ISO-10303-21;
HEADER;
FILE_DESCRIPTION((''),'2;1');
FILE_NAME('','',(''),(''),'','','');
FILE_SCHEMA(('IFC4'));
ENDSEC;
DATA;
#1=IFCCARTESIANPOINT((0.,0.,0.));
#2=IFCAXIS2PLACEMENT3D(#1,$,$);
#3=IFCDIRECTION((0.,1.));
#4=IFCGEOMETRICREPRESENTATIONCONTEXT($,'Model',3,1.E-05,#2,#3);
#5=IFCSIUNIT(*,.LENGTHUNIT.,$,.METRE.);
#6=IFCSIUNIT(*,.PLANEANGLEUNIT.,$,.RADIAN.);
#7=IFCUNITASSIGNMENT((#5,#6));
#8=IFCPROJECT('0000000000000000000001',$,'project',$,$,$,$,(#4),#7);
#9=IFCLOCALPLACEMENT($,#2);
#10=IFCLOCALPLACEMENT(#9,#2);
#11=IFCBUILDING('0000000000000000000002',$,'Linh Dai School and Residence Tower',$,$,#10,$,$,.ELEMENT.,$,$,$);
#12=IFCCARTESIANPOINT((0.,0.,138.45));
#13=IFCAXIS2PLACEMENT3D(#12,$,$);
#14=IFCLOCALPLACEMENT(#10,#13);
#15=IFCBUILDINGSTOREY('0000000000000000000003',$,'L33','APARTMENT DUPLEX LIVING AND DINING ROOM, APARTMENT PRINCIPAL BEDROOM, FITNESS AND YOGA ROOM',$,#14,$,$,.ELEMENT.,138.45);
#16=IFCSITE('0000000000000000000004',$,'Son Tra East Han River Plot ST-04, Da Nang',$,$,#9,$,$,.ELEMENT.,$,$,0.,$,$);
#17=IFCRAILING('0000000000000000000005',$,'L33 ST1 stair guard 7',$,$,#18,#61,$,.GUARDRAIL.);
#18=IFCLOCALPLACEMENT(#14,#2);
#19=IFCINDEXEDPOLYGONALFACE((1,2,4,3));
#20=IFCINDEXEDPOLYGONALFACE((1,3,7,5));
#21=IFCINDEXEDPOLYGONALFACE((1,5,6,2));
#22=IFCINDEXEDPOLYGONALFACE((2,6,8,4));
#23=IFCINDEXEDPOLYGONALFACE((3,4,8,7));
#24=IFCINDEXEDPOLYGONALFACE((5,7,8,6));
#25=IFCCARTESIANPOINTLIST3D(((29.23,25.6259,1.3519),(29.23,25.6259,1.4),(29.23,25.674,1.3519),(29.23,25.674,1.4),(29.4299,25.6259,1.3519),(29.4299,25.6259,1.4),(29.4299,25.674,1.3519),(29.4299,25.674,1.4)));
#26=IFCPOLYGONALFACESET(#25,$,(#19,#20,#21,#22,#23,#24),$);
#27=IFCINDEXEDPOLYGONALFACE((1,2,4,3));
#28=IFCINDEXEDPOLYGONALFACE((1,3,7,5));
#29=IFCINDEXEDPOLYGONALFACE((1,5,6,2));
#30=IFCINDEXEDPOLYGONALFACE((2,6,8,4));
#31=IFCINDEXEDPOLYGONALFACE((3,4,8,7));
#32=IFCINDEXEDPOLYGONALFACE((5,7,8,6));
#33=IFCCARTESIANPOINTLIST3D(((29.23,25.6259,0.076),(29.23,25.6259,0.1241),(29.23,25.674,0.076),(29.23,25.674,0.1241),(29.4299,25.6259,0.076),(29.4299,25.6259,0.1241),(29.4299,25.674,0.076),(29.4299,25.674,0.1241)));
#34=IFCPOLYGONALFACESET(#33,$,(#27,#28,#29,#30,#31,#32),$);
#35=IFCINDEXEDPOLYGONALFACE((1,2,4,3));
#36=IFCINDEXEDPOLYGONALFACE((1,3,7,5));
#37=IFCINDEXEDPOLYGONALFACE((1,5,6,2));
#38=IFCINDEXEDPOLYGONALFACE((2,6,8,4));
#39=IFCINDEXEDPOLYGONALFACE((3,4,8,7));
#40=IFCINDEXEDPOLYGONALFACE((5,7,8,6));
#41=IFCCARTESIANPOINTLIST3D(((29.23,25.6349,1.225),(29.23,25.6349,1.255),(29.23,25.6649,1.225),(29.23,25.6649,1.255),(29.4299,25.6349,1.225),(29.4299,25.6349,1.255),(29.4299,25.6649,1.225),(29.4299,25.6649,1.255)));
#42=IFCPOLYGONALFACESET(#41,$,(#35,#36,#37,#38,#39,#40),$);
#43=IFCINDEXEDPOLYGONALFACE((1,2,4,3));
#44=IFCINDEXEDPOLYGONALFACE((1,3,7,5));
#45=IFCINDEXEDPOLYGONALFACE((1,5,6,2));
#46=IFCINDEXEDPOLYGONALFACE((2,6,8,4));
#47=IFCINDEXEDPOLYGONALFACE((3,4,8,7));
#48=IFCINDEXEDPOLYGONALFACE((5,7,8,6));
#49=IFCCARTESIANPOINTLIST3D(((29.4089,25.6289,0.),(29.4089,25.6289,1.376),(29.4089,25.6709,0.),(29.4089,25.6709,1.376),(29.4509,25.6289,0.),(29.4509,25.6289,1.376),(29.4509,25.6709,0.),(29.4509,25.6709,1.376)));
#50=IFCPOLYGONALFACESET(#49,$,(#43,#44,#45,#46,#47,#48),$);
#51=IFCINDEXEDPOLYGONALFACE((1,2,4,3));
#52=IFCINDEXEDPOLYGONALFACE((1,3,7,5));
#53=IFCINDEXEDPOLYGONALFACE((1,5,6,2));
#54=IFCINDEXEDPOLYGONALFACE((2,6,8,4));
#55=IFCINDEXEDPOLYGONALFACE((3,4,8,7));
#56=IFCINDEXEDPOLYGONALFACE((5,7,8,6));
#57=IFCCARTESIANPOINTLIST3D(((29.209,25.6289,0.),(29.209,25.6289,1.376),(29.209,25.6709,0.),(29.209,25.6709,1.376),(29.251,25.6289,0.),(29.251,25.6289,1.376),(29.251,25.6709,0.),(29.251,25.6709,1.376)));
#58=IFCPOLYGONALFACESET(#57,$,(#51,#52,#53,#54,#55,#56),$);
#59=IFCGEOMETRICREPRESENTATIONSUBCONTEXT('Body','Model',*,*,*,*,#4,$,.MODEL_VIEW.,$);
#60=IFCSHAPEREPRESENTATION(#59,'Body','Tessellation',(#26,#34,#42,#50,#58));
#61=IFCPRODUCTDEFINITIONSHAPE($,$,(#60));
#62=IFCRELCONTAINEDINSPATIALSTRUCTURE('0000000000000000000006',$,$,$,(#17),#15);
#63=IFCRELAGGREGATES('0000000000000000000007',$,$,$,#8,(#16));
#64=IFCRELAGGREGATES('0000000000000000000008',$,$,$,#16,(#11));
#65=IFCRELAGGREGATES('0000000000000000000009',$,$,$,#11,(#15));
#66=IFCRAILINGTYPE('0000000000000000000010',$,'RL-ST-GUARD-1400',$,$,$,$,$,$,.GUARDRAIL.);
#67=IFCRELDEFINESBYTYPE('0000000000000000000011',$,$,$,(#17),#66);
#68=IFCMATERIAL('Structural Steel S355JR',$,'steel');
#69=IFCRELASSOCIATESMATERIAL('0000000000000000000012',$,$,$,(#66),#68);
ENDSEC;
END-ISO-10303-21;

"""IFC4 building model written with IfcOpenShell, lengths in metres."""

from ifc_helpers import new_model, si_unit, direction, frame, origin, origin_2d, place, context, subcontext, project, spatial, rectangle, extrude, source, transform, mapped, material, type_object, element, save


model = new_model("IFC4")

# Units and contexts
model_context = context("Model", 3, precision=1e-05, world=origin(), true_north=direction((0.0, 1.0)))
body_context = subcontext(model_context, "Body", "Model", "MODEL_VIEW")
ifc_project = project(units=[si_unit("LENGTHUNIT", "METRE"), si_unit("PLANEANGLEUNIT", "RADIAN")], contexts=[model_context])

# Site, building, storey
site_placement = place(None, origin())
site = spatial("IfcSite", under=ifc_project, at=site_placement, Name="Son Tra East Han River Plot ST-04, Da Nang", CompositionType="ELEMENT", RefElevation=0.0)
building_placement = place(site_placement, origin())
building = spatial("IfcBuilding", under=site, at=building_placement, Name="Linh Dai School and Residence Tower", CompositionType="ELEMENT")
storey_placement = place(building_placement, frame((0.0, 0.0, 138.45)))
storey = spatial("IfcBuildingStorey", under=building, at=storey_placement, Name="L33", Description="APARTMENT DUPLEX LIVING AND DINING ROOM, APARTMENT PRINCIPAL BEDROOM, FITNESS AND YOGA ROOM", CompositionType="ELEMENT", Elevation=138.45)

# Shared definitions
ifc_material_1 = material(Name="Structural Steel S355JR", Category="steel")

# Railing
railing_type = type_object("IfcRailingType", Name="RL-ST-GUARD-1400", PredefinedType="GUARDRAIL", material=ifc_material_1)
shared_shape_1 = source(origin(), body_context, "Body", "SweptSolid", [
    extrude(rectangle(XDim=0.0481, YDim=0.0481, at=origin_2d()), frame((0.0, 0.0, 1.376), z_axis=(-1.0, 0.0, 0.0), x_axis=(0.0, -1.0, 0.0)), (0.0, 0.0, 1.0), 0.2),
    extrude(rectangle(XDim=0.0481, YDim=0.0481, at=origin_2d()), frame((0.0, 0.0, 0.1001), z_axis=(-1.0, 0.0, 0.0), x_axis=(0.0, -1.0, 0.0)), (0.0, 0.0, 1.0), 0.2),
    extrude(rectangle(XDim=0.03, YDim=0.03, at=origin_2d()), frame((0.0, 0.0, 1.24), z_axis=(-1.0, 0.0, 0.0), x_axis=(0.0, -1.0, 0.0)), (0.0, 0.0, 1.0), 0.2),
    extrude(rectangle(XDim=0.042, YDim=0.042, at=origin_2d()), origin(), (0.0, 0.0, 1.0), 1.376),
    extrude(rectangle(XDim=0.042, YDim=0.042, at=origin_2d()), frame((-0.2, 0.0, 0.0)), (0.0, 0.0, 1.0), 1.376),
])
railing_placement = place(storey_placement, frame((29.4299, 25.6499, 0.0)))
element("IfcRailing", 1, at=railing_placement, inside=storey, type_object=railing_type, Name="L33 ST1 stair guard 7", PredefinedType="GUARDRAIL", context=body_context, shape_type="MappedRepresentation", body=[
    mapped(shared_shape_1, transform((0.0, 0.0, 0.0), x_axis=(1.0, 0.0, 0.0), y_axis=(0.0, 1.0, 0.0), z_axis=(0.0, 0.0, 1.0), scale=1.0)),
])

save(model, "model.ifc")
